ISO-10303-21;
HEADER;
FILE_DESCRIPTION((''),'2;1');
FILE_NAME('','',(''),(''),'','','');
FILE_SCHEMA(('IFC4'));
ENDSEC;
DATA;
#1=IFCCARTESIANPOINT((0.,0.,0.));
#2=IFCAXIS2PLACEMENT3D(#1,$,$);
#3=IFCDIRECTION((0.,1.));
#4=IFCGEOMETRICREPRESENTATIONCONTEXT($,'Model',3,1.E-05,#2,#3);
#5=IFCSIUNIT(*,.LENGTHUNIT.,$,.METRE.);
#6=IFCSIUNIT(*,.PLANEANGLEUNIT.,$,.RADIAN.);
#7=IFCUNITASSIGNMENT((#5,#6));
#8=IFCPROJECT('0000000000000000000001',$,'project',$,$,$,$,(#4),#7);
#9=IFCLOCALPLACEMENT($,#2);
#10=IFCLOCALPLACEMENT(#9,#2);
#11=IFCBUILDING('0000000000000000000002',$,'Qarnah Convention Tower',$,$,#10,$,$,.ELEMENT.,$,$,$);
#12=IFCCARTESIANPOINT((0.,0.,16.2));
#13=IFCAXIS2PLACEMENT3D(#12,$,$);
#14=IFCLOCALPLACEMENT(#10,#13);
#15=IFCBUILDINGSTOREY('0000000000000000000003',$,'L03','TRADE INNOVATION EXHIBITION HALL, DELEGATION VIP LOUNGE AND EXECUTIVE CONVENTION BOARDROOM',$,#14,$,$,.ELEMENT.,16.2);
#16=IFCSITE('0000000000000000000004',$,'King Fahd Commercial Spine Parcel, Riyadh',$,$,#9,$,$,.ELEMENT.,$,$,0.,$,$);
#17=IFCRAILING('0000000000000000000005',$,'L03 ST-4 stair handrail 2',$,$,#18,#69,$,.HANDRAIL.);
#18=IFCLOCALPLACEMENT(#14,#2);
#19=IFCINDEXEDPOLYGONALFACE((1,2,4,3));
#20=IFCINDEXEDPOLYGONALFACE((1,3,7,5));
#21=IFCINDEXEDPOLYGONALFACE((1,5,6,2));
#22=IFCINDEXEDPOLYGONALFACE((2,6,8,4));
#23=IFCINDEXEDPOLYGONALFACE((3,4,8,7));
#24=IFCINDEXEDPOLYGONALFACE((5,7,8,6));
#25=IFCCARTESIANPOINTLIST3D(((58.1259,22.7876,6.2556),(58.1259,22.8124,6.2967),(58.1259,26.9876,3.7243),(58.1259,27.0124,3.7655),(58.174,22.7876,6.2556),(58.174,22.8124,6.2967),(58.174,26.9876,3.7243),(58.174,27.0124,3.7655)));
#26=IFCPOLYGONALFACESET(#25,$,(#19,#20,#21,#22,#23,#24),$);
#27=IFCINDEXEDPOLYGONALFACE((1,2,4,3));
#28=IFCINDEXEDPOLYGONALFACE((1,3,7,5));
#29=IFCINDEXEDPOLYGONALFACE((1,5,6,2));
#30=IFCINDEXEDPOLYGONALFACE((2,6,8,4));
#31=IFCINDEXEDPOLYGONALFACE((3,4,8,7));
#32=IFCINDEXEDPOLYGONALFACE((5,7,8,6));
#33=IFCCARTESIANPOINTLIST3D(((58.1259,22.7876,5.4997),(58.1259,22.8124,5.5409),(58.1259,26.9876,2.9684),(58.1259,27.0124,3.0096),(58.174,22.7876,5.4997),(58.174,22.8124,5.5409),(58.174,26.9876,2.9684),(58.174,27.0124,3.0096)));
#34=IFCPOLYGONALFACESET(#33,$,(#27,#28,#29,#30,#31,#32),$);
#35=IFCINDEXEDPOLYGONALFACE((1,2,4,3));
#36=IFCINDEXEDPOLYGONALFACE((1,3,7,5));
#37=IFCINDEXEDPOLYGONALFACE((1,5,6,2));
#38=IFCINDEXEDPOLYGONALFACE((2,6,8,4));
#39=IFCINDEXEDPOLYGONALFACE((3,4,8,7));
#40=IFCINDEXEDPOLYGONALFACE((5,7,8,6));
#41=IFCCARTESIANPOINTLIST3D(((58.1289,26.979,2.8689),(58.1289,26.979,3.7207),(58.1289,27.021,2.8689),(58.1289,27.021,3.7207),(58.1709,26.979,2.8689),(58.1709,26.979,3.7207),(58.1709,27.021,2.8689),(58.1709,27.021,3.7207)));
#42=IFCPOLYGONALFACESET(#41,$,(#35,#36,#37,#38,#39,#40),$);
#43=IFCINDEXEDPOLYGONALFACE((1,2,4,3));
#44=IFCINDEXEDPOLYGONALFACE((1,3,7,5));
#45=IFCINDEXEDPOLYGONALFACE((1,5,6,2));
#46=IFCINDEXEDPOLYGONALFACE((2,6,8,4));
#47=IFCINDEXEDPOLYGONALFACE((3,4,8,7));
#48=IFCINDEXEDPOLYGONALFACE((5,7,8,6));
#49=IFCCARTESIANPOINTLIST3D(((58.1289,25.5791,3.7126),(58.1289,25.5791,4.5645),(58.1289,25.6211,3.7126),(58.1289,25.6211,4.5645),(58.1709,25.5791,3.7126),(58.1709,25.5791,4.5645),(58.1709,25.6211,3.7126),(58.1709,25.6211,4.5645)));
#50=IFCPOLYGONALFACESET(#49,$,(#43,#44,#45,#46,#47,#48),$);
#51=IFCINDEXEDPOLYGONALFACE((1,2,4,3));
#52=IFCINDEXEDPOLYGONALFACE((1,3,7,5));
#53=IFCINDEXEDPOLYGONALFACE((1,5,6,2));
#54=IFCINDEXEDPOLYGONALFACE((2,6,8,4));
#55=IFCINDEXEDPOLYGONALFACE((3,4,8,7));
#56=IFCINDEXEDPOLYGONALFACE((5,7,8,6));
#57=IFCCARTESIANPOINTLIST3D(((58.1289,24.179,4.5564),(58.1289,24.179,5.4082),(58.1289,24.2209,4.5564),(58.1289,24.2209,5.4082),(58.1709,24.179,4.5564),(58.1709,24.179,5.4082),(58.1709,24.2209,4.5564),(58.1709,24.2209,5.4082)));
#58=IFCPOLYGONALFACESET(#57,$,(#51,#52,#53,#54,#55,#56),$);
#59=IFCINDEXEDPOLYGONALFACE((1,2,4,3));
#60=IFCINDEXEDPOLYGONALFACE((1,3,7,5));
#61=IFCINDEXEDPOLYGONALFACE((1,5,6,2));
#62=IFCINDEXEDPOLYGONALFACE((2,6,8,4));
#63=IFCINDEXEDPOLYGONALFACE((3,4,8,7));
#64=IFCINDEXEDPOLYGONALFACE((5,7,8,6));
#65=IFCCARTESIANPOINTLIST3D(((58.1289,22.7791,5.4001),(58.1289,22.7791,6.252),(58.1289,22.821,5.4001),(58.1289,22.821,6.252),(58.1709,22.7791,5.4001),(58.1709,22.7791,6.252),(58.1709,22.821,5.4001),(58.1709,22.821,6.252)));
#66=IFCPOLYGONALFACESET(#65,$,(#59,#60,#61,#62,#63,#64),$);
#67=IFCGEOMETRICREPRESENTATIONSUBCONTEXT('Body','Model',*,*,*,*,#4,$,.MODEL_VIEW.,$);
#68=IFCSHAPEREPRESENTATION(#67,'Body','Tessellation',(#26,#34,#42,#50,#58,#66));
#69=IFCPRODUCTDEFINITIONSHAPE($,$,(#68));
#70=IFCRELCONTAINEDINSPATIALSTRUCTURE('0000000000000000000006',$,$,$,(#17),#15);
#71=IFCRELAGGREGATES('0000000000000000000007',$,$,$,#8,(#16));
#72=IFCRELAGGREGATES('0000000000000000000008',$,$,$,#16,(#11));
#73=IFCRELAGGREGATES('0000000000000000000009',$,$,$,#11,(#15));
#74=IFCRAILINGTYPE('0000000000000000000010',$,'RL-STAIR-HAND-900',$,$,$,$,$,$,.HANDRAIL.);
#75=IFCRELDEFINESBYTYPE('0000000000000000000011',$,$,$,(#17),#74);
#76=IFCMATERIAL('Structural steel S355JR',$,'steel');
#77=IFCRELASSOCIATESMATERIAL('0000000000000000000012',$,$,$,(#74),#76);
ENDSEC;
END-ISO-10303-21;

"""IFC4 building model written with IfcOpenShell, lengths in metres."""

from ifc_helpers import new_model, si_unit, direction, frame, origin, origin_2d, place, context, subcontext, project, spatial, rectangle, extrude, material, type_object, element, save


model = new_model("IFC4")

# Units and contexts
model_context = context("Model", 3, precision=1e-05, world=origin(), true_north=direction((0.0, 1.0)))
body_context = subcontext(model_context, "Body", "Model", "MODEL_VIEW")
ifc_project = project(units=[si_unit("LENGTHUNIT", "METRE"), si_unit("PLANEANGLEUNIT", "RADIAN")], contexts=[model_context])

# Site, building, storey
site_placement = place(None, origin())
site = spatial("IfcSite", under=ifc_project, at=site_placement, Name="King Fahd Commercial Spine Parcel, Riyadh", CompositionType="ELEMENT", RefElevation=0.0)
building_placement = place(site_placement, origin())
building = spatial("IfcBuilding", under=site, at=building_placement, Name="Qarnah Convention Tower", CompositionType="ELEMENT")
storey_placement = place(building_placement, frame((0.0, 0.0, 16.2)))
storey = spatial("IfcBuildingStorey", under=building, at=storey_placement, Name="L03", Description="TRADE INNOVATION EXHIBITION HALL, DELEGATION VIP LOUNGE AND EXECUTIVE CONVENTION BOARDROOM", CompositionType="ELEMENT", Elevation=16.2)

# Shared definitions
ifc_material_1 = material(Name="Structural steel S355JR", Category="steel")

# Railing
railing_type_1 = type_object("IfcRailingType", Name="RL-STAIR-HAND-900", PredefinedType="HANDRAIL", material=ifc_material_1)
railing_1_placement = place(storey_placement, frame((58.1499, 27.0, 2.8689)))
element("IfcRailing", 1, at=railing_1_placement, inside=storey, type_object=railing_type_1, Name="L03 ST-4 stair handrail 2", PredefinedType="HANDRAIL", context=body_context, shape_type="SweptSolid", body=[
    extrude(rectangle(XDim=0.0481, YDim=0.0481, at=origin_2d()), frame((0.0, 0.0, 0.876), z_axis=(0.0, -0.856476, 0.516186), x_axis=(1.0, 0.0, 0.0)), (0.0, 0.0, 1.0), 4.9038),
    extrude(rectangle(XDim=0.0481, YDim=0.0481, at=origin_2d()), frame((0.0, 0.0, 0.1201), z_axis=(0.0, -0.856476, 0.516186), x_axis=(1.0, 0.0, 0.0)), (0.0, 0.0, 1.0), 4.9038),
    extrude(rectangle(XDim=0.042, YDim=0.042, at=origin_2d()), origin(), (0.0, 0.0, 1.0), 0.8518),
    extrude(rectangle(XDim=0.042, YDim=0.042, at=origin_2d()), frame((0.0, -1.3999, 0.8438)), (0.0, 0.0, 1.0), 0.8518),
    extrude(rectangle(XDim=0.042, YDim=0.042, at=origin_2d()), frame((0.0, -2.8, 1.6875)), (0.0, 0.0, 1.0), 0.8518),
    extrude(rectangle(XDim=0.042, YDim=0.042, at=origin_2d()), frame((0.0, -4.2, 2.5312)), (0.0, 0.0, 1.0), 0.8518),
])

save(model, "model.ifc")
